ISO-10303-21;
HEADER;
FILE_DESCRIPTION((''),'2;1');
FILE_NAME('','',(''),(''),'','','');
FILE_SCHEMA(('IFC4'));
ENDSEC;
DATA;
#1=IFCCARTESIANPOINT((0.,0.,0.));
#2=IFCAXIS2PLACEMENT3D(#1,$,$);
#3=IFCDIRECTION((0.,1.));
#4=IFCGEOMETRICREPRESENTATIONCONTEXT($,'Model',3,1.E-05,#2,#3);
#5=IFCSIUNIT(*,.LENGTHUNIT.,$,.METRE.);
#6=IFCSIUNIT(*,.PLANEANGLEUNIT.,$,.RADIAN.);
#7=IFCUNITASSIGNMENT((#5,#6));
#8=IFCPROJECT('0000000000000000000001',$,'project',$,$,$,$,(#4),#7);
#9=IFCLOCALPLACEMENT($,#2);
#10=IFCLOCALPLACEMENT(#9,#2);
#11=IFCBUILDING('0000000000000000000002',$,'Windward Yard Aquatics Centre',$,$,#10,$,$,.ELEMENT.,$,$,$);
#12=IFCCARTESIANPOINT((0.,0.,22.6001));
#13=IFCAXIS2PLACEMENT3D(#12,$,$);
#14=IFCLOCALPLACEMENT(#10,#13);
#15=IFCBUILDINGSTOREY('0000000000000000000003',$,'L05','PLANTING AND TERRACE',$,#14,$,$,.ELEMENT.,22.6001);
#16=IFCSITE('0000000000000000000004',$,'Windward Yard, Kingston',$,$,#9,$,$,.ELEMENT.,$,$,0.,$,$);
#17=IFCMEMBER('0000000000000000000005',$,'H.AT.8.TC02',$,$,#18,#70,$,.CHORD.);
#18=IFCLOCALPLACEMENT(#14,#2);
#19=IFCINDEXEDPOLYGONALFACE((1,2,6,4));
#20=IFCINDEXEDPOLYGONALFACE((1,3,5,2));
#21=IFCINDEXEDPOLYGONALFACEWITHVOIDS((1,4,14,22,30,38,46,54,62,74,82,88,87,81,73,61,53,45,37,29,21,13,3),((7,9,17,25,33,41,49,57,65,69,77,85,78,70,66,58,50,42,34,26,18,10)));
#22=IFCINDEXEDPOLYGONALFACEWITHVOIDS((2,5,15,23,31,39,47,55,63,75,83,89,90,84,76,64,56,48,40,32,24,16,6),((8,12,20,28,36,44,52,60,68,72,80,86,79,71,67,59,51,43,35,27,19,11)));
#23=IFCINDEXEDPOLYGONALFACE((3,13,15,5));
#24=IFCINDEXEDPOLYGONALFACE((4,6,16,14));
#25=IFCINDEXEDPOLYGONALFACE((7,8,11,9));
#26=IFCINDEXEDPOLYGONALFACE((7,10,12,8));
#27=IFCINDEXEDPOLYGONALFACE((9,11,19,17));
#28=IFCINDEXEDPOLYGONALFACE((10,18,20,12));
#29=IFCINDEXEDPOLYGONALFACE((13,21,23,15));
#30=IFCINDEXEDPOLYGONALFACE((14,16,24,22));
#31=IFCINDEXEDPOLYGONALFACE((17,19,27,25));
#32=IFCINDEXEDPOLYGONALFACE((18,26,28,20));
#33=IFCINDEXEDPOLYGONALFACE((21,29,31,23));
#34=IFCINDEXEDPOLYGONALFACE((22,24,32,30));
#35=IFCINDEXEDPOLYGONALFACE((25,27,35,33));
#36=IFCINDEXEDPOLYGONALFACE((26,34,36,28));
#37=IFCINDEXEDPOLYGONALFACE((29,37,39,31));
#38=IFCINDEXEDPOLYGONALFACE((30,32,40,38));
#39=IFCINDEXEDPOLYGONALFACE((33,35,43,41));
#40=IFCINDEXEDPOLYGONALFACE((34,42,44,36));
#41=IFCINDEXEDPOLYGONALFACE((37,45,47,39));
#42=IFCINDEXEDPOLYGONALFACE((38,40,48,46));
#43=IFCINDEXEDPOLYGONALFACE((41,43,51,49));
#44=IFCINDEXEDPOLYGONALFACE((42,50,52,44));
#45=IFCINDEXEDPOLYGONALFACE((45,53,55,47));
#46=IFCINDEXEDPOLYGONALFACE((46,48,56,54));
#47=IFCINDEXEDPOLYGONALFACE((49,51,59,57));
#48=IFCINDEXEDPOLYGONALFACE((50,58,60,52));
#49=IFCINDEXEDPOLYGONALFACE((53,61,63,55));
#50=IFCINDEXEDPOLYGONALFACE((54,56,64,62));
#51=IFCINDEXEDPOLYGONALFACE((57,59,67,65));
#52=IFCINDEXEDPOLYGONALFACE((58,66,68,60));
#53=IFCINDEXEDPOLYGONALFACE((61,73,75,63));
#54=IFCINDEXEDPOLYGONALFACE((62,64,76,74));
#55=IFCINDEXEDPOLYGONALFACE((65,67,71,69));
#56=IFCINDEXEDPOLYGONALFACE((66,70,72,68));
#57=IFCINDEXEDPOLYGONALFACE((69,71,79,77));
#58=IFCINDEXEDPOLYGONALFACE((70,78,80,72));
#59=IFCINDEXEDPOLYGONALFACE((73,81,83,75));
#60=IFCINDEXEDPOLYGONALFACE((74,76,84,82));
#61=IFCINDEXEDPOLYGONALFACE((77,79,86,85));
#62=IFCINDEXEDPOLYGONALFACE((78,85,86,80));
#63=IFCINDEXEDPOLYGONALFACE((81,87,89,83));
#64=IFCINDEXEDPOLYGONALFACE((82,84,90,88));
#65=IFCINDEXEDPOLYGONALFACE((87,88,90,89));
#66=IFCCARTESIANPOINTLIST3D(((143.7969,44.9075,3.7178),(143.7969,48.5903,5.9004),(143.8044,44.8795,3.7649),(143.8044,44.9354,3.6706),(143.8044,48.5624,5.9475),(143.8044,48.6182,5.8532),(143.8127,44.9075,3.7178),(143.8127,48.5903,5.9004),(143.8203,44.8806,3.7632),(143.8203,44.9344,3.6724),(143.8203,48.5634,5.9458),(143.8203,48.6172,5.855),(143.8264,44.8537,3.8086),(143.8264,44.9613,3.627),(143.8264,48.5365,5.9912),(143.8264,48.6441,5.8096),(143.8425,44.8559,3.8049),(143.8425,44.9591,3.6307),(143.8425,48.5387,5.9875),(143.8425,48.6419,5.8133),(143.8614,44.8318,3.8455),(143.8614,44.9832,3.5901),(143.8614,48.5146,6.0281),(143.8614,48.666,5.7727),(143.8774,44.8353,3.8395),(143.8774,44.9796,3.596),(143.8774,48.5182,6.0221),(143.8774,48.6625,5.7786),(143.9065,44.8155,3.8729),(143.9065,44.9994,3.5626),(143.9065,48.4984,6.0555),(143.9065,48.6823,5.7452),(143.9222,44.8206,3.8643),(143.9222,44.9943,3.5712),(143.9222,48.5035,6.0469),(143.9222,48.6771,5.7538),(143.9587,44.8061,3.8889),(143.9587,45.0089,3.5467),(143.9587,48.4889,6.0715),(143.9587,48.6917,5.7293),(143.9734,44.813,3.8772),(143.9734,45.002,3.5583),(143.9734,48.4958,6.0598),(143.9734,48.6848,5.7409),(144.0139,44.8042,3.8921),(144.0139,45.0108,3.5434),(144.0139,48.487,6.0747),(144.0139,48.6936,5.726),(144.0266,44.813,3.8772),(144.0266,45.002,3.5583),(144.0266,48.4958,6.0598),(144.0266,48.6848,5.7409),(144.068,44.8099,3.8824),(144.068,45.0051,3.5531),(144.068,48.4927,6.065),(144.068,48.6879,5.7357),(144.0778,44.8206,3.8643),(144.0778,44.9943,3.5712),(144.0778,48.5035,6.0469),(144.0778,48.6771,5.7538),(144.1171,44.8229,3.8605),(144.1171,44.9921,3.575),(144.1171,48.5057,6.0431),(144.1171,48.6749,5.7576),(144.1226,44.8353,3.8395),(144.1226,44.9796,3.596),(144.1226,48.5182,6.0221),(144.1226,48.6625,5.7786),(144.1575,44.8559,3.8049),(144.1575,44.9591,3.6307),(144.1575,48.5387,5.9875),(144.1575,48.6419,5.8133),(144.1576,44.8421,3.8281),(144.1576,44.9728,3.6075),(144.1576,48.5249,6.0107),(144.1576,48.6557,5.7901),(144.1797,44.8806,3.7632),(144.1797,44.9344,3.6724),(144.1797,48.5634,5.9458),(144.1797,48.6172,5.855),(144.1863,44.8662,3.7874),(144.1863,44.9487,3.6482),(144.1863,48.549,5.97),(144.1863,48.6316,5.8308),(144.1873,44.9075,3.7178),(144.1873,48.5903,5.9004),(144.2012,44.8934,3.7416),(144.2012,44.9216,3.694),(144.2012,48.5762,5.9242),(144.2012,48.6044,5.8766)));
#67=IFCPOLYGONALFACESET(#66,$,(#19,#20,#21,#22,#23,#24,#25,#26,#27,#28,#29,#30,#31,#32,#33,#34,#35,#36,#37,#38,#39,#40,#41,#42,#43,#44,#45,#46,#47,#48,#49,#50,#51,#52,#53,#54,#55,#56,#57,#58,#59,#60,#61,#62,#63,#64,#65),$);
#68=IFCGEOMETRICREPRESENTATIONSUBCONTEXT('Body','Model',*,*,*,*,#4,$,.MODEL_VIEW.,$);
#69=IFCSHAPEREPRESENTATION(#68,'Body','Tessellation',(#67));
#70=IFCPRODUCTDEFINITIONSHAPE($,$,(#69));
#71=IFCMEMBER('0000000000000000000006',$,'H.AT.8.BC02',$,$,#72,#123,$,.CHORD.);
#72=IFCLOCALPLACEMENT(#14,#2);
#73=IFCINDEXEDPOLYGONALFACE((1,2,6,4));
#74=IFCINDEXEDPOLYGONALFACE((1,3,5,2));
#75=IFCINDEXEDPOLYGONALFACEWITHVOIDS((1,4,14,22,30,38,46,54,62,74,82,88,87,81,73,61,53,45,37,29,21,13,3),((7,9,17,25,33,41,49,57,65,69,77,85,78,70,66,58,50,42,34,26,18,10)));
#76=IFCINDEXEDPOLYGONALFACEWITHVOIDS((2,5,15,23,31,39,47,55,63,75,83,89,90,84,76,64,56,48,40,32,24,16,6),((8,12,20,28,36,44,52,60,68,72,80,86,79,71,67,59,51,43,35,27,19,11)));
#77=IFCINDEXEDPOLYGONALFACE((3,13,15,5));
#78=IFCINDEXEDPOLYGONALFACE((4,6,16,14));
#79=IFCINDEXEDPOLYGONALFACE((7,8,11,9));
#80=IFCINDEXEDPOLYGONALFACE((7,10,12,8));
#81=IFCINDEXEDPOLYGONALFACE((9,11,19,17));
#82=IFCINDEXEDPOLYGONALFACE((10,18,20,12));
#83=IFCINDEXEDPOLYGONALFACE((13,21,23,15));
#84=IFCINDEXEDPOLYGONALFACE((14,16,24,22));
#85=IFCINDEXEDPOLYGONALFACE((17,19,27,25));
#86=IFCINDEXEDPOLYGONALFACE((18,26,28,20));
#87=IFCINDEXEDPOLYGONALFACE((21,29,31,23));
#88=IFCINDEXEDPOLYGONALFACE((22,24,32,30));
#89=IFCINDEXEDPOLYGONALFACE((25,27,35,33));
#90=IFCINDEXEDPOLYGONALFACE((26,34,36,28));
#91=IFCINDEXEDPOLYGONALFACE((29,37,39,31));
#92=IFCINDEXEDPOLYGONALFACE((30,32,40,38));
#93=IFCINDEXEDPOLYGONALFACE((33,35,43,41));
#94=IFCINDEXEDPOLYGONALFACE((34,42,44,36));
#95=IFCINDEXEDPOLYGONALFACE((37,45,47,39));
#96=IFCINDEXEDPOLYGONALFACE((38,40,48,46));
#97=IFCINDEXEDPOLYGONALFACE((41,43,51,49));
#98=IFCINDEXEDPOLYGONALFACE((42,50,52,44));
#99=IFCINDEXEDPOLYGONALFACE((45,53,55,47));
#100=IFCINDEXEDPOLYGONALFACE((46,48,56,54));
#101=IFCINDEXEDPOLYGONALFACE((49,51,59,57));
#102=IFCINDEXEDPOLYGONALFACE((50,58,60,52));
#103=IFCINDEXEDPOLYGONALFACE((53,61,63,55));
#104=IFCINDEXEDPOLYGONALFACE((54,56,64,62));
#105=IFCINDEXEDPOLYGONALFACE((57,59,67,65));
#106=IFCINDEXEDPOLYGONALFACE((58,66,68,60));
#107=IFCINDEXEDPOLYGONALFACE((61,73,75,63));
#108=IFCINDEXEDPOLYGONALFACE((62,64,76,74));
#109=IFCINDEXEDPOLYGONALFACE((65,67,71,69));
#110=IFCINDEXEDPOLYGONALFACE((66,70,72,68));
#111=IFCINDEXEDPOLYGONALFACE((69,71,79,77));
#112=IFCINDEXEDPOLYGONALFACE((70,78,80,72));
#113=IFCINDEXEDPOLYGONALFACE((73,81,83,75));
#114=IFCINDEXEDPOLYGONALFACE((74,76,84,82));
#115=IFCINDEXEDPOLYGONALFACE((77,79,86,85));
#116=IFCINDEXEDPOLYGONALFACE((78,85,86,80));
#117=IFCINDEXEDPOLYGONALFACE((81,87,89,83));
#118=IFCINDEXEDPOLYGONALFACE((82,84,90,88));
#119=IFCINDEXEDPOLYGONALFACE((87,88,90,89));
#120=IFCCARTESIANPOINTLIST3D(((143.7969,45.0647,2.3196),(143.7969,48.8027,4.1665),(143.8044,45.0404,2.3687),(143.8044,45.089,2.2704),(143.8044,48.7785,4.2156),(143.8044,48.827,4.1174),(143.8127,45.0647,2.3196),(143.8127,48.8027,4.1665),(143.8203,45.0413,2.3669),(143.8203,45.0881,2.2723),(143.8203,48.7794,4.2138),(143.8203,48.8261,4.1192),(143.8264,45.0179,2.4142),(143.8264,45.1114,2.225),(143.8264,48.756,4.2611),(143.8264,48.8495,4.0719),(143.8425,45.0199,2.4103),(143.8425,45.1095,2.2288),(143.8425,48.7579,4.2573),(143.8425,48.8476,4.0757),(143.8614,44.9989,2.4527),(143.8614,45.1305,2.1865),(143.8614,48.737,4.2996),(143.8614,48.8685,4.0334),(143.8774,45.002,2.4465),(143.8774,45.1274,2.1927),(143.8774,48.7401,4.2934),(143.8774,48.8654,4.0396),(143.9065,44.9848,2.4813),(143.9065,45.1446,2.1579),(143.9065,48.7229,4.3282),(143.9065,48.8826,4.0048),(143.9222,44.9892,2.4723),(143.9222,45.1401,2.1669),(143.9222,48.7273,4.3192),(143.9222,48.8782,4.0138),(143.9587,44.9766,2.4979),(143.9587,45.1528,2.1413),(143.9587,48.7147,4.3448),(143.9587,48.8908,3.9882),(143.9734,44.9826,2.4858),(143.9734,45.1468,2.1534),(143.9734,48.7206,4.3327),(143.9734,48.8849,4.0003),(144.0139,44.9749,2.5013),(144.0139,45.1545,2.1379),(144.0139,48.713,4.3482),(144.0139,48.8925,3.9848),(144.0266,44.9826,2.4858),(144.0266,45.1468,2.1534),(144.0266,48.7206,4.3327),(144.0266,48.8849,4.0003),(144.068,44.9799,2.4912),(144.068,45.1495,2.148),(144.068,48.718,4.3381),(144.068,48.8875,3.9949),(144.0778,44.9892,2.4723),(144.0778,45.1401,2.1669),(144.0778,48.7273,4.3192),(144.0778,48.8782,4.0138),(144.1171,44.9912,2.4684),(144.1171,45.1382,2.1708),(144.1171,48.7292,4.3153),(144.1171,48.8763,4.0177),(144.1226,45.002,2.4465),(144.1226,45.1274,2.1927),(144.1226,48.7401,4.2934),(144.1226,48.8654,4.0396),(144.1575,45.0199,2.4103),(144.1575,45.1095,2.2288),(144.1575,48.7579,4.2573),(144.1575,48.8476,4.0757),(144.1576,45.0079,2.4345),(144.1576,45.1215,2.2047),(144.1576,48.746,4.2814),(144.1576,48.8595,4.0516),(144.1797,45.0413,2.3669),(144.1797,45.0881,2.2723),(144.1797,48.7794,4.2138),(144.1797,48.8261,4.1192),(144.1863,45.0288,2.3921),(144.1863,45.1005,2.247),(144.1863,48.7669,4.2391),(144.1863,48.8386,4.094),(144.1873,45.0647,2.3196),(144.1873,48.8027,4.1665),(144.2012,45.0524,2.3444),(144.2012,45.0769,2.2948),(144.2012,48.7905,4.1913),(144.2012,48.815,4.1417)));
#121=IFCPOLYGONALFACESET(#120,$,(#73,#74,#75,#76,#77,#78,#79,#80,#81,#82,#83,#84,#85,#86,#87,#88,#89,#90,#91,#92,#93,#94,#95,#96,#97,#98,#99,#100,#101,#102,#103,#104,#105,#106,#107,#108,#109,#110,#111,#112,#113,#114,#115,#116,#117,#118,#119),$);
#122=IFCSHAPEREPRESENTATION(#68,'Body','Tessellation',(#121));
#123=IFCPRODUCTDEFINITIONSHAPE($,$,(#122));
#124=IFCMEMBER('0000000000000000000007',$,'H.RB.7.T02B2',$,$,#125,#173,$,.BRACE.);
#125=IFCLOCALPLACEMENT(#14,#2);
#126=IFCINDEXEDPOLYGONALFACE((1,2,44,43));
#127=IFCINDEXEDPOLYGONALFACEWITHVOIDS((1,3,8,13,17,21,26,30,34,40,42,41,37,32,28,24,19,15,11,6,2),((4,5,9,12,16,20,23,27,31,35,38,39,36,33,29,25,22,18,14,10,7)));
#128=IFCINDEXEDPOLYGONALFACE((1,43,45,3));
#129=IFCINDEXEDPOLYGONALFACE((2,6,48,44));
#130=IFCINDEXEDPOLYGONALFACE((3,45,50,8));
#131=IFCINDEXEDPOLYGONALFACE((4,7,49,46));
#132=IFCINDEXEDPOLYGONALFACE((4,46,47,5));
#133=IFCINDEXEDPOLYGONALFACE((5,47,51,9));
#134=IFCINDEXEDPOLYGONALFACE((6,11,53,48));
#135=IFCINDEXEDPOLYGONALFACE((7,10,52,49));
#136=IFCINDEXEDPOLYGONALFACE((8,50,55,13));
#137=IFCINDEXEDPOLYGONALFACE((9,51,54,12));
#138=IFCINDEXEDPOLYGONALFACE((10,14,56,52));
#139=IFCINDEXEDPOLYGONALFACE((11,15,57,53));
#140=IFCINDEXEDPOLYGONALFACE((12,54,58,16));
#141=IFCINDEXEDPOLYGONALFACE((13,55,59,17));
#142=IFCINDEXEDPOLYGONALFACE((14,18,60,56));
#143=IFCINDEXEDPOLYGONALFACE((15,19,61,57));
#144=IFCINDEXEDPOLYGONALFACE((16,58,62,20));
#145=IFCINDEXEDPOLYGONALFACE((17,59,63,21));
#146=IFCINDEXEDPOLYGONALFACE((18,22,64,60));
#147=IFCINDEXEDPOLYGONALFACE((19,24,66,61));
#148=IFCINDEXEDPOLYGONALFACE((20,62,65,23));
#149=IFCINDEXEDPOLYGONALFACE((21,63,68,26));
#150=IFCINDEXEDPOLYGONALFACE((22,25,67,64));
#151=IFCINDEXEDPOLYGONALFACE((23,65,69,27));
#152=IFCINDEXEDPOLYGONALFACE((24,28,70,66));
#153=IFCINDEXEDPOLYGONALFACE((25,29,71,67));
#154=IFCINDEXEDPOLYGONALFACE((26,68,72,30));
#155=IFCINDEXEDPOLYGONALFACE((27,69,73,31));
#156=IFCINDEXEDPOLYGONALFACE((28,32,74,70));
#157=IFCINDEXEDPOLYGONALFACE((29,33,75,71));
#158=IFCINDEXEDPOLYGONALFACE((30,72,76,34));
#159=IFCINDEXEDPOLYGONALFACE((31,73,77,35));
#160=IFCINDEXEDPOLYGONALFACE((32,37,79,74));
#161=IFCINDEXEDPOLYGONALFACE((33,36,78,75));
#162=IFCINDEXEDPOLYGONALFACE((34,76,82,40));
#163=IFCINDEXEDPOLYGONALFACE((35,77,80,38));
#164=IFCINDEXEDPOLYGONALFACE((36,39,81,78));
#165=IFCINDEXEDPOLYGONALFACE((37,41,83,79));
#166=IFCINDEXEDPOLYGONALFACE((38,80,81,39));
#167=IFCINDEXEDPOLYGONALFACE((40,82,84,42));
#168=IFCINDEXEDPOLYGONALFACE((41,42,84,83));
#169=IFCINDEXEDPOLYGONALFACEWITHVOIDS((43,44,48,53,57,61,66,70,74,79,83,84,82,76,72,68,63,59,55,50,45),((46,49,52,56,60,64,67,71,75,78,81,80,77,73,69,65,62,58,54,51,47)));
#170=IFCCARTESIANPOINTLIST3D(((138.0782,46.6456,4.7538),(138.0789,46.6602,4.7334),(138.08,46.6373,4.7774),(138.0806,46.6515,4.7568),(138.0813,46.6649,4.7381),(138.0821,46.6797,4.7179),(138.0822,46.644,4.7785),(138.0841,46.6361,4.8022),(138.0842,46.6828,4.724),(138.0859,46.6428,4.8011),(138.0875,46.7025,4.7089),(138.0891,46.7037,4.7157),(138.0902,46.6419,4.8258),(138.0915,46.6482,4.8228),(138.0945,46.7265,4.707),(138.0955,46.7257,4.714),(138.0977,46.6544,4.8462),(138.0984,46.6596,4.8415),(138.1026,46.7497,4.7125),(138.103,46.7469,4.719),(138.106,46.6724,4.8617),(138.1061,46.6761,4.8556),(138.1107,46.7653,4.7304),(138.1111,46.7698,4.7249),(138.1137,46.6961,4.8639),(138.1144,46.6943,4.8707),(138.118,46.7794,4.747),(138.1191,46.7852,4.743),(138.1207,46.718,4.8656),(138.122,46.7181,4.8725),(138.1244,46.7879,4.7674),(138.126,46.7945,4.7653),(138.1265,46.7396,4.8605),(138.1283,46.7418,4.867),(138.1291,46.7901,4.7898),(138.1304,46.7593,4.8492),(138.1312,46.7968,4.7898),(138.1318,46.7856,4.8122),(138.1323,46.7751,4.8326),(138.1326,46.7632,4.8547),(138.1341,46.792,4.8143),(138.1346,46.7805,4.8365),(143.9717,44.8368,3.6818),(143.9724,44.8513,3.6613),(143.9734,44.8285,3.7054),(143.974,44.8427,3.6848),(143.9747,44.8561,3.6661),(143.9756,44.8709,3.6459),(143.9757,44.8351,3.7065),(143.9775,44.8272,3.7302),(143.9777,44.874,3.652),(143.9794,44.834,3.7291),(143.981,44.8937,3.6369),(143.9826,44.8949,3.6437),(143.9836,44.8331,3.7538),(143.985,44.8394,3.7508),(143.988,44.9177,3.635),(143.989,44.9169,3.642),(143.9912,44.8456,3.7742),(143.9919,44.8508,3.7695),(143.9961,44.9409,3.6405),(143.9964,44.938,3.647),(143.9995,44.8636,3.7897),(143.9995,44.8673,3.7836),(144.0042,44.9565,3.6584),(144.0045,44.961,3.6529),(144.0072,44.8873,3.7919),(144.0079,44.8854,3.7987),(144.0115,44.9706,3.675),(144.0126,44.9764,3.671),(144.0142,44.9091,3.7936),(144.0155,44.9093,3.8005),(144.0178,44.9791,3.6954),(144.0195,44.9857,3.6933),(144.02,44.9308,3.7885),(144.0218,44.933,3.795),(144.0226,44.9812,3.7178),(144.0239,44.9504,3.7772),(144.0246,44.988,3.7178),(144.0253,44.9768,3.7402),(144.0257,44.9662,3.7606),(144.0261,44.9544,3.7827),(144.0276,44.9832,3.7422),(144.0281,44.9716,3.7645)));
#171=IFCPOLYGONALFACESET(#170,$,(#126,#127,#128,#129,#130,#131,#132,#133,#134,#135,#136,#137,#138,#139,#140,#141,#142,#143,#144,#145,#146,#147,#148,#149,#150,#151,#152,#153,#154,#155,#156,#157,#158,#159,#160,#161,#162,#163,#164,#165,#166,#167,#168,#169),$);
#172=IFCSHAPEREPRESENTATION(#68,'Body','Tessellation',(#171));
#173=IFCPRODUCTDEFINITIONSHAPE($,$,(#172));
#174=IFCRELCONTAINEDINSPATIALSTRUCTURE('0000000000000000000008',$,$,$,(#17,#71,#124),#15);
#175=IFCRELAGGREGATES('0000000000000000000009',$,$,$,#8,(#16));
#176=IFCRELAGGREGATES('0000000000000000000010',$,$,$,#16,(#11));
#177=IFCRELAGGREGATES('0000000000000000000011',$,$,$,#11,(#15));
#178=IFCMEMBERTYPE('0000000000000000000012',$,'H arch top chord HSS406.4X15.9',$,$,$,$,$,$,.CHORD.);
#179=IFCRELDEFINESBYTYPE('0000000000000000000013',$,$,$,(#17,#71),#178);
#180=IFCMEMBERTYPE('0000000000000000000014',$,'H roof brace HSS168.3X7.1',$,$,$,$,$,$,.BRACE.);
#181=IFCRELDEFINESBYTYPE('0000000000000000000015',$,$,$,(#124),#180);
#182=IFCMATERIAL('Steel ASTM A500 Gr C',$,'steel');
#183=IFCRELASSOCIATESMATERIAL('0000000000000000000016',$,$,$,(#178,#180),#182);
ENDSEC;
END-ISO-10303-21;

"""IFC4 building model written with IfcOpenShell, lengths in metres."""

from ifc_helpers import new_model, si_unit, direction, frame, origin, origin_2d, place, context, subcontext, project, spatial, hollow_circle, extrude, material, material_profile, profile_set, type_object, element, save


model = new_model("IFC4")

# Units and contexts
model_context = context("Model", 3, precision=1e-05, world=origin(), true_north=direction((0.0, 1.0)))
body_context = subcontext(model_context, "Body", "Model", "MODEL_VIEW")
ifc_project = project(units=[si_unit("LENGTHUNIT", "METRE"), si_unit("PLANEANGLEUNIT", "RADIAN")], contexts=[model_context])

# Site, building, storey
site_placement = place(None, origin())
site = spatial("IfcSite", under=ifc_project, at=site_placement, Name="Windward Yard, Kingston", CompositionType="ELEMENT", RefElevation=0.0)
building_placement = place(site_placement, origin())
building = spatial("IfcBuilding", under=site, at=building_placement, Name="Windward Yard Aquatics Centre", CompositionType="ELEMENT")
storey_placement = place(building_placement, frame((0.0, 0.0, 22.6001)))
storey = spatial("IfcBuildingStorey", under=building, at=storey_placement, Name="L05", Description="PLANTING AND TERRACE", CompositionType="ELEMENT", Elevation=22.6001)

# Members
ifc_material_1 = material(Name="Steel ASTM A500 Gr C", Category="steel")
ifc_material_profile_1 = material_profile(ifc_material_1, hollow_circle(Radius=0.2031, WallThickness=0.0159, at=origin_2d()), Name="HSS406.4X15.9")
ifc_profile_set_1 = profile_set([ifc_material_profile_1], Name="Steel ASTM A500 Gr C")
member_type_1 = type_object("IfcMemberType", Name="H arch top chord HSS406.4X15.9", PredefinedType="CHORD", material=ifc_profile_set_1)
member_1_placement = place(storey_placement, frame((144.0, 44.9075, 3.7178), z_axis=(0.0, 0.860273, 0.509834), x_axis=(-1.0, 0.0, 0.0)))
element("IfcMember", 1, at=member_1_placement, inside=storey, type_object=member_type_1, Name="H.AT.8.TC02", PredefinedType="CHORD", context=body_context, shape_type="SweptSolid", body=[
    extrude(hollow_circle(Radius=0.2031, WallThickness=0.0159, at=origin_2d()), origin(), (0.0, 0.0, 1.0), 4.281),
])
member_2_placement = place(storey_placement, frame((144.0, 45.0647, 2.3196), z_axis=(0.0, 0.896537, 0.442969), x_axis=(-1.0, 0.0, 0.0)))
element("IfcMember", 2, at=member_2_placement, inside=storey, type_object=member_type_1, Name="H.AT.8.BC02", PredefinedType="CHORD", context=body_context, shape_type="SweptSolid", body=[
    extrude(hollow_circle(Radius=0.2031, WallThickness=0.0159, at=origin_2d()), origin(), (0.0, 0.0, 1.0), 4.1694),
])
ifc_material_profile_2 = material_profile(ifc_material_1, hollow_circle(Radius=0.0842, WallThickness=0.0071, at=origin_2d()), Name="HSS168.3X7.1")
ifc_profile_set_2 = profile_set([ifc_material_profile_2], Name="Steel ASTM A500 Gr C")
member_type_2 = type_object("IfcMemberType", Name="H roof brace HSS168.3X7.1", PredefinedType="BRACE", material=ifc_profile_set_2)
member_3_placement = place(storey_placement, frame((138.1064, 46.7163, 4.7898), z_axis=(0.941853, -0.289072, -0.17132), x_axis=(0.29341, 0.955987, 0.0)))
element("IfcMember", 3, at=member_3_placement, inside=storey, type_object=member_type_2, Name="H.RB.7.T02B2", PredefinedType="BRACE", context=body_context, shape_type="SweptSolid", body=[
    extrude(hollow_circle(Radius=0.0842, WallThickness=0.0071, at=origin_2d()), origin(), (0.0, 0.0, 1.0), 6.2573),
])

save(model, "model.ifc")
